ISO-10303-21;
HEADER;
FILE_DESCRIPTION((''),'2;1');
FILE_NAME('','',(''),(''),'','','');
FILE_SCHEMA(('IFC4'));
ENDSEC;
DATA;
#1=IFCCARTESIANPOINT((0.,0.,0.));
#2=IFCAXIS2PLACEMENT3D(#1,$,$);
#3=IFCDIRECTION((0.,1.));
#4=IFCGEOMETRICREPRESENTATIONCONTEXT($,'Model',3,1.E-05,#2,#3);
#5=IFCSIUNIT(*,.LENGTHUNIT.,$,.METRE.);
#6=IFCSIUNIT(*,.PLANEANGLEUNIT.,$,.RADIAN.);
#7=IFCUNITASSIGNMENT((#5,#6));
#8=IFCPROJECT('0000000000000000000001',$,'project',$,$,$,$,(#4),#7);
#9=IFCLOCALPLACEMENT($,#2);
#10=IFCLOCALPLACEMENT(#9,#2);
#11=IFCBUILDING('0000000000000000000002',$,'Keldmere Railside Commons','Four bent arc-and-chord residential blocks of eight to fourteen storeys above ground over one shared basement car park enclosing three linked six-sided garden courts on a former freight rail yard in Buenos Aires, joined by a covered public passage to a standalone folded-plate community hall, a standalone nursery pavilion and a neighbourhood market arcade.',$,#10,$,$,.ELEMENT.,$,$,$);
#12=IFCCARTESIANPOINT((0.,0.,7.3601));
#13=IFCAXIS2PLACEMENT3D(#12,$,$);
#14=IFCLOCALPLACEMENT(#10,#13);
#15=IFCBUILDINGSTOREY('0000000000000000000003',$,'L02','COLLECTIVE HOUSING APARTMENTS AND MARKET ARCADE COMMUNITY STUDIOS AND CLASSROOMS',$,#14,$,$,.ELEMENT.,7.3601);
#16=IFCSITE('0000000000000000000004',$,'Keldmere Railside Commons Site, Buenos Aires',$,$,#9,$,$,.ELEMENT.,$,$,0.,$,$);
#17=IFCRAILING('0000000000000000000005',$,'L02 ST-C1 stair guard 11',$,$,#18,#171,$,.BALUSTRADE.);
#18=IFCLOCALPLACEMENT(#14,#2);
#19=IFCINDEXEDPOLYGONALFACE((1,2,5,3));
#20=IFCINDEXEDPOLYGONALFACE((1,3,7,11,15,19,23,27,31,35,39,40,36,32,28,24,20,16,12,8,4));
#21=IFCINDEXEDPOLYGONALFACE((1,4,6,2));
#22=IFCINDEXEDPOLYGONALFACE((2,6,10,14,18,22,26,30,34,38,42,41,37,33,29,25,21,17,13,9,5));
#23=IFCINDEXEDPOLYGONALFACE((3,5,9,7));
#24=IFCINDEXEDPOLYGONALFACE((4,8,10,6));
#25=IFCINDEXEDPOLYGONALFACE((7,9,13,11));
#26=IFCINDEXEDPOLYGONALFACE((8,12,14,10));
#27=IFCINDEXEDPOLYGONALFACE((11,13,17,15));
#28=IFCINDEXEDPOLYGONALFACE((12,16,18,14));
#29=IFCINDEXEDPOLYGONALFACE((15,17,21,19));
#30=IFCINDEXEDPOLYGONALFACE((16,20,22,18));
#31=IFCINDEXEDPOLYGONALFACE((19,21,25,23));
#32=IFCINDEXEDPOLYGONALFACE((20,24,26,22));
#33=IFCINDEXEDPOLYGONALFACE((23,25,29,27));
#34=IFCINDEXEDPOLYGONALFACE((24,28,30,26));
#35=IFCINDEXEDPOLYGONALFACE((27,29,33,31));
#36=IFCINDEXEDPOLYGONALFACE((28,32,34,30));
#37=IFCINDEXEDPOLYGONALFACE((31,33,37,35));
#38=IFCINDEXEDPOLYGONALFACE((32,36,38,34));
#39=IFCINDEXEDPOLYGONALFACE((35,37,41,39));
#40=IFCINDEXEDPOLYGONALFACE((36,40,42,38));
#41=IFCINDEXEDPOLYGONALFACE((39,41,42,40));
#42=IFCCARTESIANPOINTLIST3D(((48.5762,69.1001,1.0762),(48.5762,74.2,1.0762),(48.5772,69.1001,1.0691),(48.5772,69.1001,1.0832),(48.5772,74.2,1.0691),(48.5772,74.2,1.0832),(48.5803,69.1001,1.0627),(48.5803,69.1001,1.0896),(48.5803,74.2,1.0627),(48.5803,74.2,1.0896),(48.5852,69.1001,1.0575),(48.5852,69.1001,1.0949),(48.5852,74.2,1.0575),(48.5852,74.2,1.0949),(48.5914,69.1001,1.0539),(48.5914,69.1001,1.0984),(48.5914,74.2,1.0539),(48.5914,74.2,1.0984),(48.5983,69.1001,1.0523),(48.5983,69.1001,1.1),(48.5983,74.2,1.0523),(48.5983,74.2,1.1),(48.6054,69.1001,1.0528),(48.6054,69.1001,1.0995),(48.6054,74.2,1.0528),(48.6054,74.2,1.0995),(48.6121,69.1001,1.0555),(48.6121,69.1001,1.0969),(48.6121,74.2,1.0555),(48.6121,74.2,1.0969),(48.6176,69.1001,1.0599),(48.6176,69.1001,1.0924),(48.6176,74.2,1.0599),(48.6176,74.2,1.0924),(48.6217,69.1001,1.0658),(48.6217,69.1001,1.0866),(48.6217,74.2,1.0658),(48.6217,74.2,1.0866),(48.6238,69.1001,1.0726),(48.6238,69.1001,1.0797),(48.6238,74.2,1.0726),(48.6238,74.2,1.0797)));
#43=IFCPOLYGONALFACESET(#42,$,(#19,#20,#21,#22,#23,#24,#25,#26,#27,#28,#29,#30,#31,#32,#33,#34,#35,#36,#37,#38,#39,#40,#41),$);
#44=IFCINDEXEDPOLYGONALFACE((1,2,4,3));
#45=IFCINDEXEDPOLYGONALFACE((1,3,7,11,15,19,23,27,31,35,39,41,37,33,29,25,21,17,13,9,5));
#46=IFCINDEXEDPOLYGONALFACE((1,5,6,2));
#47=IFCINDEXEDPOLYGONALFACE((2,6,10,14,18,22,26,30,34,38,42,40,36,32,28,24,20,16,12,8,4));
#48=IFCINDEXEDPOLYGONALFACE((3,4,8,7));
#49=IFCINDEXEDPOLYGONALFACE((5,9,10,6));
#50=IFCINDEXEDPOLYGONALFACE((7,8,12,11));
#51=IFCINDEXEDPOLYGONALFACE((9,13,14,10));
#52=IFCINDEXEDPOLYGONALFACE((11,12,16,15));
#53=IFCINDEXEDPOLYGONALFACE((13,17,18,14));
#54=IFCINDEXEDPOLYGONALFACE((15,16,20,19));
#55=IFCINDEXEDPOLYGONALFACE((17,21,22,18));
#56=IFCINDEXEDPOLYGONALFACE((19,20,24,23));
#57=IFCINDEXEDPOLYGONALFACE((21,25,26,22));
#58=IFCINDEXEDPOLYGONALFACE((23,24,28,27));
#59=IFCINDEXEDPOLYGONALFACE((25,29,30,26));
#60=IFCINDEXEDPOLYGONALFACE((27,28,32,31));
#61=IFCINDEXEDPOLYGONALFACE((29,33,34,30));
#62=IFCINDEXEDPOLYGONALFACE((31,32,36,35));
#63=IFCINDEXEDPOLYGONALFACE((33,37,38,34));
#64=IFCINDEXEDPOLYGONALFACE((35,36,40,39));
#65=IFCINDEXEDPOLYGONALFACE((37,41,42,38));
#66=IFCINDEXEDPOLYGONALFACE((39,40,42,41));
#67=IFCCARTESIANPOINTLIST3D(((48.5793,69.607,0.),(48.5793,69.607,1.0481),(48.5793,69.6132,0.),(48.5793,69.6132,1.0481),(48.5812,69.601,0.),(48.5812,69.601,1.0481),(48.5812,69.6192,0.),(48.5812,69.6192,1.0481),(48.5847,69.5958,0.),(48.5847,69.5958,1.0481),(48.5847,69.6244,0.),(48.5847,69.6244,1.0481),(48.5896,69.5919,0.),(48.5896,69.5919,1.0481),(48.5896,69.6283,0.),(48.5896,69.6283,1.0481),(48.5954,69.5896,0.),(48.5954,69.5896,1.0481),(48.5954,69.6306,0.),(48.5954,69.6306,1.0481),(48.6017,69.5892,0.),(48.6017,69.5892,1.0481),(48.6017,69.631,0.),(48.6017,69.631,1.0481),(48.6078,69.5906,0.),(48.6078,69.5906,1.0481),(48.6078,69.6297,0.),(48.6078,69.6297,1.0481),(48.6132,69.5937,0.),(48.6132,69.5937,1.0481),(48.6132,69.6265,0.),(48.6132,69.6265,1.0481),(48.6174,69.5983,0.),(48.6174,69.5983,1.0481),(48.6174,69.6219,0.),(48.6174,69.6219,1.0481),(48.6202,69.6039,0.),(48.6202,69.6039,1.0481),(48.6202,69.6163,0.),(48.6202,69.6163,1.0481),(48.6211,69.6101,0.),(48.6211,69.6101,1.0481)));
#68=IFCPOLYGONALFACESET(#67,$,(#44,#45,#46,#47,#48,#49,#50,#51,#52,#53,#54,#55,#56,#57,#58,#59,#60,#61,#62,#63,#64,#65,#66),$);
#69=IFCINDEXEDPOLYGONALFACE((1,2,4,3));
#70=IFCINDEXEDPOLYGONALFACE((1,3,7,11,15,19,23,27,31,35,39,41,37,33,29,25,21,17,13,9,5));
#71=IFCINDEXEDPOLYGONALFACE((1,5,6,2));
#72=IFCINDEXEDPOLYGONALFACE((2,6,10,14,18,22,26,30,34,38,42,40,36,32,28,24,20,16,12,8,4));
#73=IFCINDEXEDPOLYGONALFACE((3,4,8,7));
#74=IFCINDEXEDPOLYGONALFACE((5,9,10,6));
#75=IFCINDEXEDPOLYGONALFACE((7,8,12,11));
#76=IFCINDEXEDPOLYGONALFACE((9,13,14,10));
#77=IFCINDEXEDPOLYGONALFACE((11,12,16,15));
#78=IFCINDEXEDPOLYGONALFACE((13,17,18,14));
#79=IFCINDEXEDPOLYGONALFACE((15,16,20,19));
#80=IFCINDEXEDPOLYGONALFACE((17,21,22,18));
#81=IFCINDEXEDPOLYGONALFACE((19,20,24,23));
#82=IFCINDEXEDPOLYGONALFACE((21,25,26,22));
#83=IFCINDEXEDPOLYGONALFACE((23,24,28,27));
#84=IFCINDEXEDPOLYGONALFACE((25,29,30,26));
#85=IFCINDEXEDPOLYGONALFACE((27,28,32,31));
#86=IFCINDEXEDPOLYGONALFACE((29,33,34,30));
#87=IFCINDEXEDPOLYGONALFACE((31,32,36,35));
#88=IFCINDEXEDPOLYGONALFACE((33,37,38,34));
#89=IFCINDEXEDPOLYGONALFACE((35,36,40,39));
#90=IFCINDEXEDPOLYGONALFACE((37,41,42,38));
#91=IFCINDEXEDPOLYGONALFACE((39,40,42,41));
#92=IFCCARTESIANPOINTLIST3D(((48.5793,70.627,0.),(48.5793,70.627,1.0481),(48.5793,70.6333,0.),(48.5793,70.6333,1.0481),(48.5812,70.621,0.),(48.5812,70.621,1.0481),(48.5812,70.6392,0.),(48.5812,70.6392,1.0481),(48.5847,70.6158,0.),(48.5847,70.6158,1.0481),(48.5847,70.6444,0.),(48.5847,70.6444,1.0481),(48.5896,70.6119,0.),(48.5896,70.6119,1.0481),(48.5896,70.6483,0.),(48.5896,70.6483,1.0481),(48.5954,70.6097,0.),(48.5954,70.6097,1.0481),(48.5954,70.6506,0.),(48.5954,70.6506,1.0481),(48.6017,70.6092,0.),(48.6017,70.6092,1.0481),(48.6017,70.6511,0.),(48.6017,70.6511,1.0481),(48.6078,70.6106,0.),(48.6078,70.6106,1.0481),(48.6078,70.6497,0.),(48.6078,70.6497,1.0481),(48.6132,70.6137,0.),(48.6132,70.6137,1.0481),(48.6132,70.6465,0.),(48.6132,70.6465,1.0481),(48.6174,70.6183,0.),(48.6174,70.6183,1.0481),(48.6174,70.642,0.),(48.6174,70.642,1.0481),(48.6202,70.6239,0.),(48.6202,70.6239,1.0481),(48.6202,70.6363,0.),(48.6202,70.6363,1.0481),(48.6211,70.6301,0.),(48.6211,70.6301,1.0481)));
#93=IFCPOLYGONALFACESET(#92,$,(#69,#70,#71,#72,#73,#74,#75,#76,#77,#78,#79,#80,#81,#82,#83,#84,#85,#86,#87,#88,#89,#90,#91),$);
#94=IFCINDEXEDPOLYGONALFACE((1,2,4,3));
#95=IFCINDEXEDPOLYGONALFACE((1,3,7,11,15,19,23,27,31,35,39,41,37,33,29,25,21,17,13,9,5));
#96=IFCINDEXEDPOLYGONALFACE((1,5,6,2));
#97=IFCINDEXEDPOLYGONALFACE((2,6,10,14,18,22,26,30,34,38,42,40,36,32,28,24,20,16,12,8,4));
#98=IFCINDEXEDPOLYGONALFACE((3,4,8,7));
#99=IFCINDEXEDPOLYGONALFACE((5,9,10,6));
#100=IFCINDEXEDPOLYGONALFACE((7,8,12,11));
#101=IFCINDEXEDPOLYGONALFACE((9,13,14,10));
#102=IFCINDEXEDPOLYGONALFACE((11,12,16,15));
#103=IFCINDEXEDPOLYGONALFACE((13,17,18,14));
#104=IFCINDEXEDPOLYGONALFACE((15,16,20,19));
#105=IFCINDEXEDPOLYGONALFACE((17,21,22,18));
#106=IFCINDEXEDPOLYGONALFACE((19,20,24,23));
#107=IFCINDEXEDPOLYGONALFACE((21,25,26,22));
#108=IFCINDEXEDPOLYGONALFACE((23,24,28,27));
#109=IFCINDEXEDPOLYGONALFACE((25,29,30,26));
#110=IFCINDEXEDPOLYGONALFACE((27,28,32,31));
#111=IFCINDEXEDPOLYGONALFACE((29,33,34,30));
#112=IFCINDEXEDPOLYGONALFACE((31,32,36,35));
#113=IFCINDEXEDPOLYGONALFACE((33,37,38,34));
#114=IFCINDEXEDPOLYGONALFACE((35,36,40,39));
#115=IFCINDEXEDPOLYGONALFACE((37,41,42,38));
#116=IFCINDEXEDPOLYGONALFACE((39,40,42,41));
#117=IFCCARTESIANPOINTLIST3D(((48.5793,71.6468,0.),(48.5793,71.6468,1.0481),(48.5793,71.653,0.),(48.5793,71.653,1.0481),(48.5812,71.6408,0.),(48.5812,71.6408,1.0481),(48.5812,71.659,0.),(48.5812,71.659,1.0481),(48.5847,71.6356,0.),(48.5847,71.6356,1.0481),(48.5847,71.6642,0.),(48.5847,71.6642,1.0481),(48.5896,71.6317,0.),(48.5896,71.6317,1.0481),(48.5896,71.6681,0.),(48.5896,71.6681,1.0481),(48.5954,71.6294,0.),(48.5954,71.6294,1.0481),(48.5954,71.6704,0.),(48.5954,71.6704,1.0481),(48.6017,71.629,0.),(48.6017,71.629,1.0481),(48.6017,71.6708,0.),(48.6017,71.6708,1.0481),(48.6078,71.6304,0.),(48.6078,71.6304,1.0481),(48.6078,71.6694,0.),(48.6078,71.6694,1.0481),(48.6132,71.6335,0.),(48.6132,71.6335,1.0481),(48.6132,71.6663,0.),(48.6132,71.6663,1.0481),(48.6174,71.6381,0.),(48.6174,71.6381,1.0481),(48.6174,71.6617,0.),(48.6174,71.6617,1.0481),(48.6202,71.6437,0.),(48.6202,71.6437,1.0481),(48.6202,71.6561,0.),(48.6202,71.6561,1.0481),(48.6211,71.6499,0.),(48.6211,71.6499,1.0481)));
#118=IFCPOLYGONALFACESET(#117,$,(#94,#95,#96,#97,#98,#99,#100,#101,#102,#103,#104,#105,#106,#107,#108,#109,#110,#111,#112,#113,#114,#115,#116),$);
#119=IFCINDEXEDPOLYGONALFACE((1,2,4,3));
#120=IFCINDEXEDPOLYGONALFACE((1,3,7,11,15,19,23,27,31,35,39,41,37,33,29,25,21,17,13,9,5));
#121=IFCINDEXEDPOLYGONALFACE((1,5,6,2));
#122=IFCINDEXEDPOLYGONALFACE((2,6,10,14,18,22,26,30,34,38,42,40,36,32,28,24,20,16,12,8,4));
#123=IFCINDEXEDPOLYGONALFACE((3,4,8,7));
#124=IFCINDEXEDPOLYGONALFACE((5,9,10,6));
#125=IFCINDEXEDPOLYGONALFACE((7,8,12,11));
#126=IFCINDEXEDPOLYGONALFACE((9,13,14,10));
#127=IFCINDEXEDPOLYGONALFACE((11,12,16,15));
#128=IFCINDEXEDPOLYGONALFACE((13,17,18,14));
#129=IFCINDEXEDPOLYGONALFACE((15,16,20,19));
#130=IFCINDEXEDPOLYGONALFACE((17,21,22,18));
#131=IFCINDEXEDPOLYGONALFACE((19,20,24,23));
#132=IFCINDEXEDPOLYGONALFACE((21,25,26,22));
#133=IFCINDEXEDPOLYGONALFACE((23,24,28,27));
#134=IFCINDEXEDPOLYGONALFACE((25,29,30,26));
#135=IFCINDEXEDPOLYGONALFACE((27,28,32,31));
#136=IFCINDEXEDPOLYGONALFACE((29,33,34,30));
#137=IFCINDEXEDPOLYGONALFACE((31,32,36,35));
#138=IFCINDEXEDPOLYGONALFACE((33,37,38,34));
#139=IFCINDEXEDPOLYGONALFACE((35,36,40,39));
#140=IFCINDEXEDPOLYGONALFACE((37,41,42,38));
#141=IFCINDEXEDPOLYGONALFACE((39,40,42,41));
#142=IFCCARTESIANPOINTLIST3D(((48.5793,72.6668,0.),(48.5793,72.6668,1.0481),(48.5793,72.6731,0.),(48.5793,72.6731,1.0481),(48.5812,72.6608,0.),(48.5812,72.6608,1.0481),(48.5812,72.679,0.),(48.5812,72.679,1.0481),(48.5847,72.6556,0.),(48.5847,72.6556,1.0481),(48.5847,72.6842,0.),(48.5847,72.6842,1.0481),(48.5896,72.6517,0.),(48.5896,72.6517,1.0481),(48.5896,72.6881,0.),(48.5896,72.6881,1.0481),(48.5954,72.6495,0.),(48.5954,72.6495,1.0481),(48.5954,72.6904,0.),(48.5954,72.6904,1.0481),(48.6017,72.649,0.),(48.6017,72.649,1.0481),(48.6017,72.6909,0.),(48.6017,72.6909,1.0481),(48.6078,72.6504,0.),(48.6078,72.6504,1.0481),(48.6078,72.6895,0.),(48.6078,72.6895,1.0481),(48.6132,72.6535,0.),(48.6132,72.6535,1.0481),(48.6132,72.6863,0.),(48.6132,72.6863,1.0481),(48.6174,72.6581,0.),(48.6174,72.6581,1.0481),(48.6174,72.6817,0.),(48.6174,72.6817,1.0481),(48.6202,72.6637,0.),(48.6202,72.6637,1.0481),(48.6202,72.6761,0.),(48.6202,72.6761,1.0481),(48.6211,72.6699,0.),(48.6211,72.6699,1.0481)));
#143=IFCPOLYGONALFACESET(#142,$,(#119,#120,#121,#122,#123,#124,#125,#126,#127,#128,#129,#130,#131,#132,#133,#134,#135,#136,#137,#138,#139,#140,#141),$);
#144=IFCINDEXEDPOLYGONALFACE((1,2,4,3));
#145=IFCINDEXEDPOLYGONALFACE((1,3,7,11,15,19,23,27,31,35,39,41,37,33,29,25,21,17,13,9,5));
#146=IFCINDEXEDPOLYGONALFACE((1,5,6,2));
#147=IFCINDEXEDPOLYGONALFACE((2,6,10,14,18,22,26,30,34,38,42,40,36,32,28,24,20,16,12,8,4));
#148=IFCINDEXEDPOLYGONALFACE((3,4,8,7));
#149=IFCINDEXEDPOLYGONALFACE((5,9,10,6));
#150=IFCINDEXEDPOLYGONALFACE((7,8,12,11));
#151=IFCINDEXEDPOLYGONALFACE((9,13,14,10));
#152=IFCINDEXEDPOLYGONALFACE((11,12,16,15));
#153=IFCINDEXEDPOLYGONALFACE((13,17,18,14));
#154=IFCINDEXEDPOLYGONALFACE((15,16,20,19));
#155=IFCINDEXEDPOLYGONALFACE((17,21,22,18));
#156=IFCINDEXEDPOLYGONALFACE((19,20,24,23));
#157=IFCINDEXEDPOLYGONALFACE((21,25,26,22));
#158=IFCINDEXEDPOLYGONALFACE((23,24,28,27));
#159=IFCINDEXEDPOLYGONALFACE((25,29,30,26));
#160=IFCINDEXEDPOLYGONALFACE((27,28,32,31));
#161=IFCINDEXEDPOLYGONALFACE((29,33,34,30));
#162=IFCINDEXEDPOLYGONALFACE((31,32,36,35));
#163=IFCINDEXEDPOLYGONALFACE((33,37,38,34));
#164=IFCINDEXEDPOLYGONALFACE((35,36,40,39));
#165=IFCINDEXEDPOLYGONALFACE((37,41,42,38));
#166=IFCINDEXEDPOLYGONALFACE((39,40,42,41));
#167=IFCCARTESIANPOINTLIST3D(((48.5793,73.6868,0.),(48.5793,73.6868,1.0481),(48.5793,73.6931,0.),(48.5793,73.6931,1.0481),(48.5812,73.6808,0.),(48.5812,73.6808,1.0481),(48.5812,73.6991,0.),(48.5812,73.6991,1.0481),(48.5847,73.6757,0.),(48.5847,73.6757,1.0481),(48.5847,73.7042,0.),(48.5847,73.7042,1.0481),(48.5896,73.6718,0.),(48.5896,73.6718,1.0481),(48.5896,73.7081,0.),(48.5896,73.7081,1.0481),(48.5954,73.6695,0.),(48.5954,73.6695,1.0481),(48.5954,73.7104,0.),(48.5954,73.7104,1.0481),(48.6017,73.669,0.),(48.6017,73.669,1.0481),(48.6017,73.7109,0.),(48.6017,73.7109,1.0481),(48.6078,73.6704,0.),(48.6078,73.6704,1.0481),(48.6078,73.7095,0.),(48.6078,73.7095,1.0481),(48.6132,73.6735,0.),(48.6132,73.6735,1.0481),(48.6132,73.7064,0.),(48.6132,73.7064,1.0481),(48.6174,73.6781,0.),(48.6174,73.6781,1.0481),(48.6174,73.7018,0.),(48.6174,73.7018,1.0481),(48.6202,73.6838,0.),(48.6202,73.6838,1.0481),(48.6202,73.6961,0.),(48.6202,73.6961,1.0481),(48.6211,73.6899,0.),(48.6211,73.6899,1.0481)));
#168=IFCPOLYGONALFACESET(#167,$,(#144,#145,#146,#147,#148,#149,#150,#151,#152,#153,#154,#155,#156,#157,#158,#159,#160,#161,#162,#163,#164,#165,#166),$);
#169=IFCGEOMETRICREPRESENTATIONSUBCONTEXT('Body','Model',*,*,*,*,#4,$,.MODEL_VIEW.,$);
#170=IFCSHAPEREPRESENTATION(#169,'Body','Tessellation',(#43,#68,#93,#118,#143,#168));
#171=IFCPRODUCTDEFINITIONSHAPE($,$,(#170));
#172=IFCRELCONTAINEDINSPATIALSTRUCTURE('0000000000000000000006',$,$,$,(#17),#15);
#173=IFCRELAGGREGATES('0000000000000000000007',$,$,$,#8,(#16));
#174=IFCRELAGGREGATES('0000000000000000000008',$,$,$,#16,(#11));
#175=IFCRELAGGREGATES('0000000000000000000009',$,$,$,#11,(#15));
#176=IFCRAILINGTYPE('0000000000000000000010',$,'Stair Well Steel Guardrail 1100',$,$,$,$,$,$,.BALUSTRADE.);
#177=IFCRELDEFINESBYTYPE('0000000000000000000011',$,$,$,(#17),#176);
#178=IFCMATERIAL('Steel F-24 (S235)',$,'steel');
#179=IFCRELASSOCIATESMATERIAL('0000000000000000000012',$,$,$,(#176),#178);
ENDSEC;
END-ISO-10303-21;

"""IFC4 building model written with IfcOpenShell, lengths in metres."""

from ifc_helpers import new_model, si_unit, direction, frame, origin, origin_2d, place, context, subcontext, project, spatial, circle, extrude, material, type_object, element, save


model = new_model("IFC4")

# Units and contexts
model_context = context("Model", 3, precision=1e-05, world=origin(), true_north=direction((0.0, 1.0)))
body_context = subcontext(model_context, "Body", "Model", "MODEL_VIEW")
ifc_project = project(units=[si_unit("LENGTHUNIT", "METRE"), si_unit("PLANEANGLEUNIT", "RADIAN")], contexts=[model_context])

# Site, building, storey
site_placement = place(None, origin())
site = spatial("IfcSite", under=ifc_project, at=site_placement, Name="Keldmere Railside Commons Site, Buenos Aires", CompositionType="ELEMENT", RefElevation=0.0)
building_placement = place(site_placement, origin())
building = spatial("IfcBuilding", under=site, at=building_placement, Name="Keldmere Railside Commons", Description="Four bent arc-and-chord residential blocks of eight to fourteen storeys above ground over one shared basement car park enclosing three linked six-sided garden courts on a former freight rail yard in Buenos Aires, joined by a covered public passage to a standalone folded-plate community hall, a standalone nursery pavilion and a neighbourhood market arcade.", CompositionType="ELEMENT")
storey_placement = place(building_placement, frame((0.0, 0.0, 7.3601)))
storey = spatial("IfcBuildingStorey", under=building, at=storey_placement, Name="L02", Description="COLLECTIVE HOUSING APARTMENTS AND MARKET ARCADE COMMUNITY STUDIOS AND CLASSROOMS", CompositionType="ELEMENT", Elevation=7.3601)

# Shared definitions
ifc_material_1 = material(Name="Steel F-24 (S235)", Category="steel")

# Railing
railing_type_1 = type_object("IfcRailingType", Name="Stair Well Steel Guardrail 1100", PredefinedType="BALUSTRADE", material=ifc_material_1)
for number, where, name in (
    (1, (48.6001, 69.1001, 0.0), "L02 ST-C1 stair guard 11"),
):
    element("IfcRailing", number, at=place(storey_placement, frame(where)), inside=storey, type_object=railing_type_1, Name=name, PredefinedType="BALUSTRADE", context=body_context, shape_type="SweptSolid", body=[
        extrude(circle(Radius=0.0239, at=origin_2d()), frame((0.0, 0.0, 1.0762), z_axis=(0.0, 1.0, 0.0), x_axis=(-1.0, 0.0, 0.0)), (0.0, 0.0, 1.0), 5.0999),
        extrude(circle(Radius=0.021, at=origin_2d()), frame((0.0, 0.51, 0.0)), (0.0, 0.0, 1.0), 1.0481),
        extrude(circle(Radius=0.021, at=origin_2d()), frame((0.0, 1.53, 0.0)), (0.0, 0.0, 1.0), 1.0481),
        extrude(circle(Radius=0.021, at=origin_2d()), frame((0.0, 2.5498, 0.0)), (0.0, 0.0, 1.0), 1.0481),
        extrude(circle(Radius=0.021, at=origin_2d()), frame((0.0, 3.5698, 0.0)), (0.0, 0.0, 1.0), 1.0481),
        extrude(circle(Radius=0.021, at=origin_2d()), frame((0.0, 4.5898, 0.0)), (0.0, 0.0, 1.0), 1.0481),
    ])

save(model, "model.ifc")
